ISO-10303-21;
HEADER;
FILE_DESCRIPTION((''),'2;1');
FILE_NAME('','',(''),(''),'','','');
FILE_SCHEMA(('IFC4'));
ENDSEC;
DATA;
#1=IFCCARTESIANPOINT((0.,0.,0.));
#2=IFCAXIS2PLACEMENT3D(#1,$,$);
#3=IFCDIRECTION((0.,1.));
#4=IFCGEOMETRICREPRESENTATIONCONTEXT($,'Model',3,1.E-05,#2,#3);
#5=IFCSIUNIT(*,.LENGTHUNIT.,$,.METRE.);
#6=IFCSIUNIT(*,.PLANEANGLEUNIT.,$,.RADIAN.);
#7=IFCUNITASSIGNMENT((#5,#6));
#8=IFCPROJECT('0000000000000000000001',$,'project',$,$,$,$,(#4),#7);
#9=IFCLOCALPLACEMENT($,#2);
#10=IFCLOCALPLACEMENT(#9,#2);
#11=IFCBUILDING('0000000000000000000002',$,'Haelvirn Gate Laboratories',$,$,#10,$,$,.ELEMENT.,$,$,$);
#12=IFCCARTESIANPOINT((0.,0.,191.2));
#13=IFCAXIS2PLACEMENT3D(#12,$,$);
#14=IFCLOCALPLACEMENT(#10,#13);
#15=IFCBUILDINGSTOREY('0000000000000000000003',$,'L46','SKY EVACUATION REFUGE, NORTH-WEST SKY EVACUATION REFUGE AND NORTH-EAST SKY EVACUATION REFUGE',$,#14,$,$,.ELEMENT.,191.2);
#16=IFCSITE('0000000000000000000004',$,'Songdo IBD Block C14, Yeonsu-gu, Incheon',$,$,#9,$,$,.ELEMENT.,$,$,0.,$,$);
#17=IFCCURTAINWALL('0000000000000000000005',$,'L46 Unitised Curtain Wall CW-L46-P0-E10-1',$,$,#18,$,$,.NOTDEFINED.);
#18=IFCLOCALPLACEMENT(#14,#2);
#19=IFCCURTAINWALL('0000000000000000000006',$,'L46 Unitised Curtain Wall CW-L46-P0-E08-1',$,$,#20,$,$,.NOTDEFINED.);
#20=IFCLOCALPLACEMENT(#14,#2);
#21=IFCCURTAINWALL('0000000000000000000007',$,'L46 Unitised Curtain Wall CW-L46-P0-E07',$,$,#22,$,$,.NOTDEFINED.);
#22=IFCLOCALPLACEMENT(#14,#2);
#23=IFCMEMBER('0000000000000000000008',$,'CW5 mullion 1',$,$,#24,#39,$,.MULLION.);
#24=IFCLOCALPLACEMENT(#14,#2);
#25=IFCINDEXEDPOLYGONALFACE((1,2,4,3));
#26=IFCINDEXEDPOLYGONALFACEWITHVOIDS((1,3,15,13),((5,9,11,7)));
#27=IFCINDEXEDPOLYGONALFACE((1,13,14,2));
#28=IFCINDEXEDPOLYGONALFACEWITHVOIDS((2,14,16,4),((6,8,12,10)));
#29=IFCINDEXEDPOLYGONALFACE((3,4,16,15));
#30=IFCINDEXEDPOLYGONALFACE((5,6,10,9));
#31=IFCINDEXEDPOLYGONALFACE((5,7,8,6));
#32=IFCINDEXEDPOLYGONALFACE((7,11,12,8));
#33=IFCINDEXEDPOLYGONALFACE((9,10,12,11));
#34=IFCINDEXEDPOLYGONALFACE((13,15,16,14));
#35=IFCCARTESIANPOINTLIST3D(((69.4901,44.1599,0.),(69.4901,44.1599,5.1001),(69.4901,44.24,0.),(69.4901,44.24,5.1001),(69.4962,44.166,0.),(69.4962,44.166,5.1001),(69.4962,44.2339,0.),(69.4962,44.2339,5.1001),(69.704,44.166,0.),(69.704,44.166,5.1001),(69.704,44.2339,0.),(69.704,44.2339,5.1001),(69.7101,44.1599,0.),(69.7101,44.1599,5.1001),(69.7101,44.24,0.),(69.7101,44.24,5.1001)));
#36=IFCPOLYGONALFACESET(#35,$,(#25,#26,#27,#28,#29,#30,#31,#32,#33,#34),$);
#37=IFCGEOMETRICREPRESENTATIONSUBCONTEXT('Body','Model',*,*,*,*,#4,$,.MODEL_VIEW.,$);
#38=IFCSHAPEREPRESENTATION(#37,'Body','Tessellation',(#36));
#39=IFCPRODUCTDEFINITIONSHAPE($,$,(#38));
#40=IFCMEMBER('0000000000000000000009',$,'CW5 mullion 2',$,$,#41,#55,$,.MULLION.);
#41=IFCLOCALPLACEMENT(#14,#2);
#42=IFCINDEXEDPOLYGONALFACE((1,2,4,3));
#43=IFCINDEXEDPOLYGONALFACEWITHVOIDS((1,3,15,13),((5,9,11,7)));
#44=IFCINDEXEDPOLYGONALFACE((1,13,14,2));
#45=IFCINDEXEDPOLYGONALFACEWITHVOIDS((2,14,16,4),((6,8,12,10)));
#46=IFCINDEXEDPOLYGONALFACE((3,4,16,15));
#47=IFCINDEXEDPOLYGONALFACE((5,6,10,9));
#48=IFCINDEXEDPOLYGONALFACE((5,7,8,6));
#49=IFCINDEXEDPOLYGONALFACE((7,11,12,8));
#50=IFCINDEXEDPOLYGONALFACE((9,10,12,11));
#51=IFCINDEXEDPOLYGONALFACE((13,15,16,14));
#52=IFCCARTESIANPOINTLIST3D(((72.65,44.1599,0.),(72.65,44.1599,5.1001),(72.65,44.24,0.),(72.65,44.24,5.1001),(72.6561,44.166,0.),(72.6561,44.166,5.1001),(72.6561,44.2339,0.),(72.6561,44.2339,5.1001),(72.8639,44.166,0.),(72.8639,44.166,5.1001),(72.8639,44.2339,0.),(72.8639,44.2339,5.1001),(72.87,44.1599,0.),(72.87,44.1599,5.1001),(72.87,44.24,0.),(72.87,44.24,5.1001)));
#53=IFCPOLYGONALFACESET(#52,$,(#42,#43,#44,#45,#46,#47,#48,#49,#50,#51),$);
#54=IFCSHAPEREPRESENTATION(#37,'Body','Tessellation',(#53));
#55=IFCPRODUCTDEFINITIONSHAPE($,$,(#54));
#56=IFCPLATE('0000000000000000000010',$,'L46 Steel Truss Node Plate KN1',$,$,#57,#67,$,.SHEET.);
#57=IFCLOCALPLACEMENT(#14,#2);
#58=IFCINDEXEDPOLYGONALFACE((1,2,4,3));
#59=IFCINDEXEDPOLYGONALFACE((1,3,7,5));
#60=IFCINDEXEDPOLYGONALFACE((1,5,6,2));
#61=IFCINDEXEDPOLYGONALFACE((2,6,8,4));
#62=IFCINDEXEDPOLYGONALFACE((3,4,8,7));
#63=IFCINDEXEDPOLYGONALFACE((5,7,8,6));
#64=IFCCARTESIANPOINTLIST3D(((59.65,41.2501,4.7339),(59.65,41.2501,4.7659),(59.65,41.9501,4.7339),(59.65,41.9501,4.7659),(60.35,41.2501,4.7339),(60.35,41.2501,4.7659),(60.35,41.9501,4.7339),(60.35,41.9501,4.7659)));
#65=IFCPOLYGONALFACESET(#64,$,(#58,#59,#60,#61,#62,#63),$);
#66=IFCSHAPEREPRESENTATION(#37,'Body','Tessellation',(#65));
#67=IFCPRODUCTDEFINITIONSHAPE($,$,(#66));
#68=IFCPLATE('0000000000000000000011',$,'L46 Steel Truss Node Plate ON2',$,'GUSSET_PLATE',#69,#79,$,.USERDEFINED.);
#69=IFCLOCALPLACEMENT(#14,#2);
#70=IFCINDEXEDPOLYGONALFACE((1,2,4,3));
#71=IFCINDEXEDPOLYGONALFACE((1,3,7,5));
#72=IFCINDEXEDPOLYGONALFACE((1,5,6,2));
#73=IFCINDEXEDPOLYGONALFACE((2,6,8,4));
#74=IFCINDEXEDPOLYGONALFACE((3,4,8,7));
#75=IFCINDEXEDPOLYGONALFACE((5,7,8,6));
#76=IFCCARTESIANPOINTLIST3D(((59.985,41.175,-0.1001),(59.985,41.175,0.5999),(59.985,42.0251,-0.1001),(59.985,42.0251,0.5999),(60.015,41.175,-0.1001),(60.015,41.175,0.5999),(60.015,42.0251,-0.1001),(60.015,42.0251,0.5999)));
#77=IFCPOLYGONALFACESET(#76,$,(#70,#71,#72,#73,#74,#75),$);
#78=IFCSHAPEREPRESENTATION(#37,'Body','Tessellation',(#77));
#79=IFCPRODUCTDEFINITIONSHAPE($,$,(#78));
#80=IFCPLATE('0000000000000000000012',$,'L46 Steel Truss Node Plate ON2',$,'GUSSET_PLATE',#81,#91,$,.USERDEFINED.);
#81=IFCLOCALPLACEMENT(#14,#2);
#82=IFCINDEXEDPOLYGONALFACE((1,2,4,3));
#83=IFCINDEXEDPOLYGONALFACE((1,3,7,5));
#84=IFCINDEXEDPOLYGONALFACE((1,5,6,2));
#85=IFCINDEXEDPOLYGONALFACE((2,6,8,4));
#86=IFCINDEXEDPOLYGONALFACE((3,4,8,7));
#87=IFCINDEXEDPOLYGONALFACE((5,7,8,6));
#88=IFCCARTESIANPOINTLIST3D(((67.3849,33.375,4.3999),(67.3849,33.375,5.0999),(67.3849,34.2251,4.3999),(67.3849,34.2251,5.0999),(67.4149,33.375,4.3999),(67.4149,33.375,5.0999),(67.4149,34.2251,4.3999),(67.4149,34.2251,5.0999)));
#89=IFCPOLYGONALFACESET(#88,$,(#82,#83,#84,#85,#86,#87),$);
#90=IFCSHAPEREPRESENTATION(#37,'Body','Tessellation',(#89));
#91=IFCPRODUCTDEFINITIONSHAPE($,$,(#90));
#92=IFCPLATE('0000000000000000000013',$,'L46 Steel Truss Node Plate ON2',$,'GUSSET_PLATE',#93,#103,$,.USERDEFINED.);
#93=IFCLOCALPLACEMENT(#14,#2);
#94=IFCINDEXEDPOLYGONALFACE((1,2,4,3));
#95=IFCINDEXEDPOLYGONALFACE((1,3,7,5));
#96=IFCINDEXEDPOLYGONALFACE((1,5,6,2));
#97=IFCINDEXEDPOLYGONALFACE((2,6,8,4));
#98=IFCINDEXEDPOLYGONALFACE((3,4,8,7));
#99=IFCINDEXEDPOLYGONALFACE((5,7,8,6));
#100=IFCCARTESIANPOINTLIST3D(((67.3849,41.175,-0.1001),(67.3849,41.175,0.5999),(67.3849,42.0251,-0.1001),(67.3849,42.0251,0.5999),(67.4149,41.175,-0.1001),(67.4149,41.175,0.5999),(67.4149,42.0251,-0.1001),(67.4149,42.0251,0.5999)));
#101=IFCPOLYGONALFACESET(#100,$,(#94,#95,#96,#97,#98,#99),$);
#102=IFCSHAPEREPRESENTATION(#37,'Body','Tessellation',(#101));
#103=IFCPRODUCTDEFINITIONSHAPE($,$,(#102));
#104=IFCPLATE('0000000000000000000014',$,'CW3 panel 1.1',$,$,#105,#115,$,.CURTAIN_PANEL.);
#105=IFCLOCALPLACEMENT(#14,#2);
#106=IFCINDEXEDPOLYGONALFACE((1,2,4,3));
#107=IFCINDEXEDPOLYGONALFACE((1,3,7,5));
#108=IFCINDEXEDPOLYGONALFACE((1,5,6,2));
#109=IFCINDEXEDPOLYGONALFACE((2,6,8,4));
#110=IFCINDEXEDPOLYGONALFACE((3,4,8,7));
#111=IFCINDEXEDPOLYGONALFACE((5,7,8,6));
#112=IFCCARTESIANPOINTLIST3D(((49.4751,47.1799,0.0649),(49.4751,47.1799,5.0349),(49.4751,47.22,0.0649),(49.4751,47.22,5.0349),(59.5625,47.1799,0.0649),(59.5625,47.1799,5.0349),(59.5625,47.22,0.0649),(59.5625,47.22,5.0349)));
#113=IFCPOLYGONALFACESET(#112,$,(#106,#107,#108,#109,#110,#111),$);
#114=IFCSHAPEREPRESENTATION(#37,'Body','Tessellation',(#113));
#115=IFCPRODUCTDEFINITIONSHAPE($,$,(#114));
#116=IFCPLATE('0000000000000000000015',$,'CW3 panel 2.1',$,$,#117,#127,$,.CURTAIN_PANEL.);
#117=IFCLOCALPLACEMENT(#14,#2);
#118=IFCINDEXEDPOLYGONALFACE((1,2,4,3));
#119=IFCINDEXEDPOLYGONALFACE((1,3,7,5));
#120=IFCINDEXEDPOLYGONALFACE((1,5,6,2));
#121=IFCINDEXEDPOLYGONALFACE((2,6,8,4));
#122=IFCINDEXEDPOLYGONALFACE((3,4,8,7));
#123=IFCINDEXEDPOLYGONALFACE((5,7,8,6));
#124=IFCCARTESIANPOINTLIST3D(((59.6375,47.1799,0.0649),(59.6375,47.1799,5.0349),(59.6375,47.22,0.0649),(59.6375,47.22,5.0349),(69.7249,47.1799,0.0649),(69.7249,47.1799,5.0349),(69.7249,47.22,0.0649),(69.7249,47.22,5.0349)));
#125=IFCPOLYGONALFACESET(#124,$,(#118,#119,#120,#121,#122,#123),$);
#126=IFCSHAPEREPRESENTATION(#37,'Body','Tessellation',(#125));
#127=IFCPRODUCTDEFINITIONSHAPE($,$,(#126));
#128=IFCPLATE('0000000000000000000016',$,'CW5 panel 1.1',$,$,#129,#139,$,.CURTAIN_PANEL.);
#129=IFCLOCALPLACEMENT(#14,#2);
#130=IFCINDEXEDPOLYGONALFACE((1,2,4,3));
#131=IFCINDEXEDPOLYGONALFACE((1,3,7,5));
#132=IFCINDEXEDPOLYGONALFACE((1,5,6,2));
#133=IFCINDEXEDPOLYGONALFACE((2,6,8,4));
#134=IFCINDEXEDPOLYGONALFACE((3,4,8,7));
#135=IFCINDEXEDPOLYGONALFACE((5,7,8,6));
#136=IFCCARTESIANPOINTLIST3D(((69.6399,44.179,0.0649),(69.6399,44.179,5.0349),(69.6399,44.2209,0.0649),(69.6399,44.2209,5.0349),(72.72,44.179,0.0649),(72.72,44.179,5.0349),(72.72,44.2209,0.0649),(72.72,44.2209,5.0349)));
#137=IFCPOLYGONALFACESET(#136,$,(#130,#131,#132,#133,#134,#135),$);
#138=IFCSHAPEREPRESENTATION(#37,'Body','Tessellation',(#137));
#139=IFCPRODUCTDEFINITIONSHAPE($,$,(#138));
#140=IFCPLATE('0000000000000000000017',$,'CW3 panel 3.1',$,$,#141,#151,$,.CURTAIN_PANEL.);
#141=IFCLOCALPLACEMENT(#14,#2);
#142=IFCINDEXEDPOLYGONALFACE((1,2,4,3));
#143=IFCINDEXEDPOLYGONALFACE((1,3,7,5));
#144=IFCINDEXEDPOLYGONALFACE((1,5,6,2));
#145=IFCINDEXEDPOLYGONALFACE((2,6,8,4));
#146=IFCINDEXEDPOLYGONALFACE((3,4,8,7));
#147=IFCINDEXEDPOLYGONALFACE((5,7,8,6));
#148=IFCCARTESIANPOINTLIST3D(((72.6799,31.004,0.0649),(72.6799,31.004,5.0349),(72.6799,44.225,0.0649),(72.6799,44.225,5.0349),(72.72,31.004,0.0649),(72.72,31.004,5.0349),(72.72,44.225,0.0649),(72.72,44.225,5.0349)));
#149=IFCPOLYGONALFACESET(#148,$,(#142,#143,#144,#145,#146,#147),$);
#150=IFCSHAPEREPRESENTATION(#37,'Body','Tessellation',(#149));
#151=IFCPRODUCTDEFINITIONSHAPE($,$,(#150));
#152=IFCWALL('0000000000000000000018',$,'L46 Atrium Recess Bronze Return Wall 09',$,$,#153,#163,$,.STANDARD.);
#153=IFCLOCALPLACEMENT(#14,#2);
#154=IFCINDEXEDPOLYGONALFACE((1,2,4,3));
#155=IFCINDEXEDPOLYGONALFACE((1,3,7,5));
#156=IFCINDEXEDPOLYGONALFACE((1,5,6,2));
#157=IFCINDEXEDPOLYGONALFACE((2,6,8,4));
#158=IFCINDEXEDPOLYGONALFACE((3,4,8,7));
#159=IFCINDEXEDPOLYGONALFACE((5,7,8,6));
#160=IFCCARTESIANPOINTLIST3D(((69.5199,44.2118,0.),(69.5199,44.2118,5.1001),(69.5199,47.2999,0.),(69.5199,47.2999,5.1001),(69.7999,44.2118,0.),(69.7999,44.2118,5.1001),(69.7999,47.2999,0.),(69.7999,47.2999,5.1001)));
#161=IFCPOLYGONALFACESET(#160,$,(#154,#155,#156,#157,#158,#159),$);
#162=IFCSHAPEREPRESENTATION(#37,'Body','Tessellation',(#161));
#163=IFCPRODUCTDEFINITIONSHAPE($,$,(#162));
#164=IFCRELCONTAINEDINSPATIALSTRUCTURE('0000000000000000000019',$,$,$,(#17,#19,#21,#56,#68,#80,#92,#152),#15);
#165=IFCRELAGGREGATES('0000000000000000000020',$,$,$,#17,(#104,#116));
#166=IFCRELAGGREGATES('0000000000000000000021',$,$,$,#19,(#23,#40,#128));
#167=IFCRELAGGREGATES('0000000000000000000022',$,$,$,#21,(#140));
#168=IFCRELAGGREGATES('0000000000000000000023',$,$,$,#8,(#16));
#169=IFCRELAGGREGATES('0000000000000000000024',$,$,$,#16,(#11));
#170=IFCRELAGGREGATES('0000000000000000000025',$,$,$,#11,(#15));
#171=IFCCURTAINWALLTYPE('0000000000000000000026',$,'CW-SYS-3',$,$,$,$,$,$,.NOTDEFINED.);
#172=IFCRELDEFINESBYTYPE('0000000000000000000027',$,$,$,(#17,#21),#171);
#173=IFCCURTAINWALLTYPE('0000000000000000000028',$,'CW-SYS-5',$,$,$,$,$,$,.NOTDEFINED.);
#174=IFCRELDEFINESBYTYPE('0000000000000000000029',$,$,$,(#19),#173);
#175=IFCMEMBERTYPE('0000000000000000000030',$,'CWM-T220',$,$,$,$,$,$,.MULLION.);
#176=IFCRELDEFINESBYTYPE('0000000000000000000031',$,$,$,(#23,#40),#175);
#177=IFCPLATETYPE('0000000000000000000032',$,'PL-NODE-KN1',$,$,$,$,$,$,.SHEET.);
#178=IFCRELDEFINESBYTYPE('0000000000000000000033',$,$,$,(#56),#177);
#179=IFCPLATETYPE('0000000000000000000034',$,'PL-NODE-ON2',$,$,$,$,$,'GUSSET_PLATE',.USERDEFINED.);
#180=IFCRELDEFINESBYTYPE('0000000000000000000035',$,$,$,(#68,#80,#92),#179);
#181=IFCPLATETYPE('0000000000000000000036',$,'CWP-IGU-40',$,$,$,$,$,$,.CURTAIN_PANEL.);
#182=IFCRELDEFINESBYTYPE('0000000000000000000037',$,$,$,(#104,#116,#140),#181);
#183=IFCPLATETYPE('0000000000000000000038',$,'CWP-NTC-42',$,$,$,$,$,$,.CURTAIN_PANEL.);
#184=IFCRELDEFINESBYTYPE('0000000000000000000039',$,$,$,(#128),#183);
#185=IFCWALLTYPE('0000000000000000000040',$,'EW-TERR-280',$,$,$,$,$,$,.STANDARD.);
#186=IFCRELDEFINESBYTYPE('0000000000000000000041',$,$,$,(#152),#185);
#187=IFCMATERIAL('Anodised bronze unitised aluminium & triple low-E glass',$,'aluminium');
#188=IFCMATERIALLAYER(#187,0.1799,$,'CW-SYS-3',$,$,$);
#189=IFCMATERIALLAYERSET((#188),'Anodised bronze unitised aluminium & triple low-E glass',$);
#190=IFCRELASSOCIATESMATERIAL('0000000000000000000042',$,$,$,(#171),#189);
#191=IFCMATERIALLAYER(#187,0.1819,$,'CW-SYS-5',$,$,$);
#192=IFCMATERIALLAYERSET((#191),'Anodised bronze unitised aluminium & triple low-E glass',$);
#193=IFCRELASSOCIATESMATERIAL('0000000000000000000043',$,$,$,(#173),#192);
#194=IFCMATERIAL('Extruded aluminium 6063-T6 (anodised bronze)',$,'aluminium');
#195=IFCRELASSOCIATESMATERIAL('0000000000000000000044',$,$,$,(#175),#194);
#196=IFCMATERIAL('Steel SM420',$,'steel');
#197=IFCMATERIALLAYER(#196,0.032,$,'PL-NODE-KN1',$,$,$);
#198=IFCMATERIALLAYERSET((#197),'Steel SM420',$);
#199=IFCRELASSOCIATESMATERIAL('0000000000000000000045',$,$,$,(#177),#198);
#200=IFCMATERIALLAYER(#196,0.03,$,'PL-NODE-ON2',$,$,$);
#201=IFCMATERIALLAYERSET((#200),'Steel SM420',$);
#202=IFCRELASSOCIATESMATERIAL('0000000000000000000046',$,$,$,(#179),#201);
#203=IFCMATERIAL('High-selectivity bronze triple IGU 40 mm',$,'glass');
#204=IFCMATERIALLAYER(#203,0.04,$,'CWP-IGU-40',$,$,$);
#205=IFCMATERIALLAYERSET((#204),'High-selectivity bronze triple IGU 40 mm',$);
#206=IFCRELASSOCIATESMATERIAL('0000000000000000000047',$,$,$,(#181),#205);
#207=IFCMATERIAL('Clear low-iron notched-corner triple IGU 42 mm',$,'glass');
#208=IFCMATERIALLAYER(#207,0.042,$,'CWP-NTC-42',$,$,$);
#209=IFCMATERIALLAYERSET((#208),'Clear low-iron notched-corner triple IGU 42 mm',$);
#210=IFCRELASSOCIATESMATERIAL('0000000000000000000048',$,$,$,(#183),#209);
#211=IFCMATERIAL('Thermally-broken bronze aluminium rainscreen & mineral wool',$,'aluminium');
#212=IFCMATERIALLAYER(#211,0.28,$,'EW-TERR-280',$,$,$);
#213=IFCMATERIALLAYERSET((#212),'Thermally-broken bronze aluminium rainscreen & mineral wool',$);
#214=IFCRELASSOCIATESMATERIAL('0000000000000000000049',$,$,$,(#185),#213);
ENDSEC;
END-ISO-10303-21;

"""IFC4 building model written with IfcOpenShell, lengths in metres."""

from ifc_helpers import new_model, si_unit, direction, frame, frame_2d, origin, origin_2d, place, context, subcontext, project, spatial, rectangle, hollow_rectangle, extrude, source, transform, mapped, material, layer, layer_set, material_profile, profile_set, type_object, type_shapes, element, aggregate, save


model = new_model("IFC4")

# Units and contexts
model_context = context("Model", 3, precision=1e-05, world=origin(), true_north=direction((0.0, 1.0)))
body_context = subcontext(model_context, "Body", "Model", "MODEL_VIEW")
ifc_project = project(units=[si_unit("LENGTHUNIT", "METRE"), si_unit("PLANEANGLEUNIT", "RADIAN")], contexts=[model_context])

# Site, building, storey
site_placement = place(None, origin())
site = spatial("IfcSite", under=ifc_project, at=site_placement, Name="Songdo IBD Block C14, Yeonsu-gu, Incheon", CompositionType="ELEMENT", RefElevation=0.0)
building_placement = place(site_placement, origin())
building = spatial("IfcBuilding", under=site, at=building_placement, Name="Haelvirn Gate Laboratories", CompositionType="ELEMENT")
storey_placement = place(building_placement, frame((0.0, 0.0, 191.2)))
storey = spatial("IfcBuildingStorey", under=building, at=storey_placement, Name="L46", Description="SKY EVACUATION REFUGE, NORTH-WEST SKY EVACUATION REFUGE AND NORTH-EAST SKY EVACUATION REFUGE", CompositionType="ELEMENT", Elevation=191.2)

# Shared definitions
ifc_material_1 = material(Name="Steel SM420", Category="steel")

# Curtain walls
ifc_material_2 = material(Name="Anodised bronze unitised aluminium & triple low-E glass", Category="aluminium")
ifc_layer_1 = layer(ifc_material_2, 0.1799, Name="CW-SYS-3")
ifc_layer_set_1 = layer_set([ifc_layer_1], Name="Anodised bronze unitised aluminium & triple low-E glass")
curtain_wall_type_1 = type_object("IfcCurtainWallType", Name="CW-SYS-3", PredefinedType="NOTDEFINED", material=ifc_layer_set_1)
curtain_wall_1_placement = place(storey_placement, origin())
curtain_wall_1 = element("IfcCurtainWall", 1, at=curtain_wall_1_placement, inside=storey, type_object=curtain_wall_type_1, Name="L46 Unitised Curtain Wall CW-L46-P0-E10-1", PredefinedType="NOTDEFINED")
ifc_material_3 = material(Name="Extruded aluminium 6063-T6 (anodised bronze)", Category="aluminium")
ifc_layer_2 = layer(ifc_material_2, 0.1819, Name="CW-SYS-5")
ifc_layer_set_2 = layer_set([ifc_layer_2], Name="Anodised bronze unitised aluminium & triple low-E glass")
curtain_wall_type_2 = type_object("IfcCurtainWallType", Name="CW-SYS-5", PredefinedType="NOTDEFINED", material=ifc_layer_set_2)
curtain_wall_2_placement = place(storey_placement, origin())
curtain_wall_2 = element("IfcCurtainWall", 2, at=curtain_wall_2_placement, inside=storey, type_object=curtain_wall_type_2, Name="L46 Unitised Curtain Wall CW-L46-P0-E08-1", PredefinedType="NOTDEFINED")

# Curtain wall
curtain_wall_3_placement = place(storey_placement, origin())
curtain_wall_3 = element("IfcCurtainWall", 3, at=curtain_wall_3_placement, inside=storey, type_object=curtain_wall_type_1, Name="L46 Unitised Curtain Wall CW-L46-P0-E07", PredefinedType="NOTDEFINED")

# Members
ifc_material_profile_1 = material_profile(ifc_material_3, hollow_rectangle(XDim=0.0801, YDim=0.22, WallThickness=0.0061, at=origin_2d()), Name="CWM-220x80x6")
ifc_profile_set_1 = profile_set([ifc_material_profile_1], Name="Extruded aluminium 6063-T6 (anodised bronze)")
member_type_1 = type_object("IfcMemberType", Name="CWM-T220", PredefinedType="MULLION", material=ifc_profile_set_1)
shared_shape_1 = source(origin(), body_context, "Body", "SweptSolid", [
    extrude(hollow_rectangle(XDim=0.0801, YDim=0.22, WallThickness=0.0061, at=origin_2d()), origin(), (0.0, 0.0, 1.0), 5.1001),
])
type_shapes(member_type_1, [shared_shape_1])
member_1_placement = place(storey_placement, frame((69.6001, 44.2, 0.0), z_axis=(0.0, 0.0, 1.0), x_axis=(0.0, 1.0, 0.0)))
member_1 = element("IfcMember", 4, at=member_1_placement, type_object=member_type_1, Name="CW5 mullion 1", PredefinedType="MULLION", context=body_context, shape_type="MappedRepresentation", body=[
    mapped(shared_shape_1, transform((0.0, 0.0, 0.0), scale=1.0)),
])
member_2_placement = place(storey_placement, frame((72.76, 44.2, 0.0), z_axis=(0.0, 0.0, 1.0), x_axis=(0.0, 1.0, 0.0)))
member_2 = element("IfcMember", 5, at=member_2_placement, type_object=member_type_1, Name="CW5 mullion 2", PredefinedType="MULLION", context=body_context, shape_type="MappedRepresentation", body=[
    mapped(shared_shape_1, transform((0.0, 0.0, 0.0), scale=1.0)),
])

# Plates
ifc_layer_3 = layer(ifc_material_1, 0.032, Name="PL-NODE-KN1")
ifc_layer_set_3 = layer_set([ifc_layer_3], Name="Steel SM420")
plate_type_1 = type_object("IfcPlateType", Name="PL-NODE-KN1", PredefinedType="SHEET", material=ifc_layer_set_3)
shared_shape_2 = source(origin(), body_context, "Body", "SweptSolid", [
    extrude(rectangle(XDim=0.7, YDim=0.7, at=origin_2d()), origin(), (0.0, 0.0, 1.0), 0.032),
])
type_shapes(plate_type_1, [shared_shape_2])
plate_1_placement = place(storey_placement, frame((60.0, 41.6001, 4.7339), z_axis=(0.0, 0.0, 1.0), x_axis=(1.0, 0.0, 0.0)))
element("IfcPlate", 6, at=plate_1_placement, inside=storey, type_object=plate_type_1, Name="L46 Steel Truss Node Plate KN1", PredefinedType="SHEET", context=body_context, shape_type="MappedRepresentation", body=[
    mapped(shared_shape_2, transform((0.0, 0.0, 0.0), scale=1.0)),
])
ifc_layer_4 = layer(ifc_material_1, 0.03, Name="PL-NODE-ON2")
ifc_layer_set_4 = layer_set([ifc_layer_4], Name="Steel SM420")
plate_type_2 = type_object("IfcPlateType", Name="PL-NODE-ON2", ElementType="GUSSET_PLATE", PredefinedType="USERDEFINED", material=ifc_layer_set_4)
shared_shape_3 = source(origin(), body_context, "Body", "SweptSolid", [
    extrude(rectangle(XDim=0.8501, YDim=0.03, at=origin_2d()), origin(), (0.0, 0.0, 1.0), 0.7),
])
type_shapes(plate_type_2, [shared_shape_3])
for number, where, z_axis, x_axis, name in (
    (7, (60.0, 41.6001, -0.1001), (0.0, 0.0, 1.0), (0.0, 1.0, 0.0), "L46 Steel Truss Node Plate ON2"),
    (8, (67.3999, 33.8, 4.3999), (0.0, 0.0, 1.0), (0.0, 1.0, 0.0), "L46 Steel Truss Node Plate ON2"),
    (9, (67.3999, 41.6001, -0.1001), (0.0, 0.0, 1.0), (0.0, 1.0, 0.0), "L46 Steel Truss Node Plate ON2"),
):
    element("IfcPlate", number, at=place(storey_placement, frame(where, z_axis=z_axis, x_axis=x_axis)), inside=storey, type_object=plate_type_2, Name=name, ObjectType="GUSSET_PLATE", PredefinedType="USERDEFINED", context=body_context, shape_type="MappedRepresentation", body=[
        mapped(shared_shape_3, transform((0.0, 0.0, 0.0), scale=1.0)),
    ])

# Plates
ifc_material_4 = material(Name="High-selectivity bronze triple IGU 40 mm", Category="glass")
ifc_layer_5 = layer(ifc_material_4, 0.04, Name="CWP-IGU-40")
ifc_layer_set_5 = layer_set([ifc_layer_5], Name="High-selectivity bronze triple IGU 40 mm")
plate_type_3 = type_object("IfcPlateType", Name="CWP-IGU-40", PredefinedType="CURTAIN_PANEL", material=ifc_layer_set_5)
shared_shape_4 = source(origin(), body_context, "Body", "SweptSolid", [
    extrude(rectangle(XDim=10.0874, YDim=0.04, at=origin_2d()), origin(), (0.0, 0.0, 1.0), 4.97),
])
plate_2_placement = place(storey_placement, frame((54.5188, 47.2, 0.0649), z_axis=(0.0, 0.0, 1.0), x_axis=(1.0, 0.0, 0.0)))
plate_2 = element("IfcPlate", 10, at=plate_2_placement, type_object=plate_type_3, Name="CW3 panel 1.1", PredefinedType="CURTAIN_PANEL", context=body_context, shape_type="MappedRepresentation", body=[
    mapped(shared_shape_4, transform((0.0, 0.0, 0.0), scale=1.0)),
])
plate_3_placement = place(storey_placement, frame((64.6812, 47.2, 0.0649), z_axis=(0.0, 0.0, 1.0), x_axis=(1.0, 0.0, 0.0)))
plate_3 = element("IfcPlate", 11, at=plate_3_placement, type_object=plate_type_3, Name="CW3 panel 2.1", PredefinedType="CURTAIN_PANEL", context=body_context, shape_type="MappedRepresentation", body=[
    mapped(shared_shape_4, transform((0.0, 0.0, 0.0), scale=1.0)),
])
aggregate(curtain_wall_1, [plate_2, plate_3])
ifc_material_5 = material(Name="Clear low-iron notched-corner triple IGU 42 mm", Category="glass")
ifc_layer_6 = layer(ifc_material_5, 0.042, Name="CWP-NTC-42")
ifc_layer_set_6 = layer_set([ifc_layer_6], Name="Clear low-iron notched-corner triple IGU 42 mm")
plate_type_4 = type_object("IfcPlateType", Name="CWP-NTC-42", PredefinedType="CURTAIN_PANEL", material=ifc_layer_set_6)
shared_shape_5 = source(origin(), body_context, "Body", "SweptSolid", [
    extrude(rectangle(XDim=3.0801, YDim=0.042, at=origin_2d()), origin(), (0.0, 0.0, 1.0), 4.97),
])
type_shapes(plate_type_4, [shared_shape_5])
plate_4_placement = place(storey_placement, frame((71.1799, 44.2, 0.0649), z_axis=(0.0, 0.0, 1.0), x_axis=(1.0, 0.0, 0.0)))
plate_4 = element("IfcPlate", 12, at=plate_4_placement, type_object=plate_type_4, Name="CW5 panel 1.1", PredefinedType="CURTAIN_PANEL", context=body_context, shape_type="MappedRepresentation", body=[
    mapped(shared_shape_5, transform((0.0, 0.0, 0.0), scale=1.0)),
])
aggregate(curtain_wall_2, [member_1, member_2, plate_4])
shared_shape_6 = source(origin(), body_context, "Body", "SweptSolid", [
    extrude(rectangle(XDim=13.2209, YDim=0.04, at=origin_2d()), origin(), (0.0, 0.0, 1.0), 4.97),
])
type_shapes(plate_type_3, [shared_shape_4, shared_shape_6])
plate_5_placement = place(storey_placement, frame((72.7, 37.6145, 0.0649), z_axis=(0.0, 0.0, 1.0), x_axis=(0.0, 1.0, 0.0)))
plate_5 = element("IfcPlate", 13, at=plate_5_placement, type_object=plate_type_3, Name="CW3 panel 3.1", PredefinedType="CURTAIN_PANEL", context=body_context, shape_type="MappedRepresentation", body=[
    mapped(shared_shape_6, transform((0.0, 0.0, 0.0), scale=1.0)),
])
aggregate(curtain_wall_3, [plate_5])

# Wall
ifc_material_6 = material(Name="Thermally-broken bronze aluminium rainscreen & mineral wool", Category="aluminium")
ifc_layer_7 = layer(ifc_material_6, 0.28, Name="EW-TERR-280")
ifc_layer_set_7 = layer_set([ifc_layer_7], Name="Thermally-broken bronze aluminium rainscreen & mineral wool")
wall_type = type_object("IfcWallType", Name="EW-TERR-280", PredefinedType="STANDARD", material=ifc_layer_set_7)
wall_placement = place(storey_placement, frame((69.6599, 44.2119, 0.0), z_axis=(0.0, 0.0, 1.0), x_axis=(0.0, 1.0, 0.0)))
element("IfcWall", 14, at=wall_placement, inside=storey, type_object=wall_type, Name="L46 Atrium Recess Bronze Return Wall 09", PredefinedType="STANDARD", context=body_context, shape_type="SweptSolid", body=[
    extrude(rectangle(XDim=3.0881, YDim=0.28, at=frame_2d((1.5439, 0.0))), origin(), (0.0, 0.0, 1.0), 5.1001),
])

save(model, "model.ifc")
